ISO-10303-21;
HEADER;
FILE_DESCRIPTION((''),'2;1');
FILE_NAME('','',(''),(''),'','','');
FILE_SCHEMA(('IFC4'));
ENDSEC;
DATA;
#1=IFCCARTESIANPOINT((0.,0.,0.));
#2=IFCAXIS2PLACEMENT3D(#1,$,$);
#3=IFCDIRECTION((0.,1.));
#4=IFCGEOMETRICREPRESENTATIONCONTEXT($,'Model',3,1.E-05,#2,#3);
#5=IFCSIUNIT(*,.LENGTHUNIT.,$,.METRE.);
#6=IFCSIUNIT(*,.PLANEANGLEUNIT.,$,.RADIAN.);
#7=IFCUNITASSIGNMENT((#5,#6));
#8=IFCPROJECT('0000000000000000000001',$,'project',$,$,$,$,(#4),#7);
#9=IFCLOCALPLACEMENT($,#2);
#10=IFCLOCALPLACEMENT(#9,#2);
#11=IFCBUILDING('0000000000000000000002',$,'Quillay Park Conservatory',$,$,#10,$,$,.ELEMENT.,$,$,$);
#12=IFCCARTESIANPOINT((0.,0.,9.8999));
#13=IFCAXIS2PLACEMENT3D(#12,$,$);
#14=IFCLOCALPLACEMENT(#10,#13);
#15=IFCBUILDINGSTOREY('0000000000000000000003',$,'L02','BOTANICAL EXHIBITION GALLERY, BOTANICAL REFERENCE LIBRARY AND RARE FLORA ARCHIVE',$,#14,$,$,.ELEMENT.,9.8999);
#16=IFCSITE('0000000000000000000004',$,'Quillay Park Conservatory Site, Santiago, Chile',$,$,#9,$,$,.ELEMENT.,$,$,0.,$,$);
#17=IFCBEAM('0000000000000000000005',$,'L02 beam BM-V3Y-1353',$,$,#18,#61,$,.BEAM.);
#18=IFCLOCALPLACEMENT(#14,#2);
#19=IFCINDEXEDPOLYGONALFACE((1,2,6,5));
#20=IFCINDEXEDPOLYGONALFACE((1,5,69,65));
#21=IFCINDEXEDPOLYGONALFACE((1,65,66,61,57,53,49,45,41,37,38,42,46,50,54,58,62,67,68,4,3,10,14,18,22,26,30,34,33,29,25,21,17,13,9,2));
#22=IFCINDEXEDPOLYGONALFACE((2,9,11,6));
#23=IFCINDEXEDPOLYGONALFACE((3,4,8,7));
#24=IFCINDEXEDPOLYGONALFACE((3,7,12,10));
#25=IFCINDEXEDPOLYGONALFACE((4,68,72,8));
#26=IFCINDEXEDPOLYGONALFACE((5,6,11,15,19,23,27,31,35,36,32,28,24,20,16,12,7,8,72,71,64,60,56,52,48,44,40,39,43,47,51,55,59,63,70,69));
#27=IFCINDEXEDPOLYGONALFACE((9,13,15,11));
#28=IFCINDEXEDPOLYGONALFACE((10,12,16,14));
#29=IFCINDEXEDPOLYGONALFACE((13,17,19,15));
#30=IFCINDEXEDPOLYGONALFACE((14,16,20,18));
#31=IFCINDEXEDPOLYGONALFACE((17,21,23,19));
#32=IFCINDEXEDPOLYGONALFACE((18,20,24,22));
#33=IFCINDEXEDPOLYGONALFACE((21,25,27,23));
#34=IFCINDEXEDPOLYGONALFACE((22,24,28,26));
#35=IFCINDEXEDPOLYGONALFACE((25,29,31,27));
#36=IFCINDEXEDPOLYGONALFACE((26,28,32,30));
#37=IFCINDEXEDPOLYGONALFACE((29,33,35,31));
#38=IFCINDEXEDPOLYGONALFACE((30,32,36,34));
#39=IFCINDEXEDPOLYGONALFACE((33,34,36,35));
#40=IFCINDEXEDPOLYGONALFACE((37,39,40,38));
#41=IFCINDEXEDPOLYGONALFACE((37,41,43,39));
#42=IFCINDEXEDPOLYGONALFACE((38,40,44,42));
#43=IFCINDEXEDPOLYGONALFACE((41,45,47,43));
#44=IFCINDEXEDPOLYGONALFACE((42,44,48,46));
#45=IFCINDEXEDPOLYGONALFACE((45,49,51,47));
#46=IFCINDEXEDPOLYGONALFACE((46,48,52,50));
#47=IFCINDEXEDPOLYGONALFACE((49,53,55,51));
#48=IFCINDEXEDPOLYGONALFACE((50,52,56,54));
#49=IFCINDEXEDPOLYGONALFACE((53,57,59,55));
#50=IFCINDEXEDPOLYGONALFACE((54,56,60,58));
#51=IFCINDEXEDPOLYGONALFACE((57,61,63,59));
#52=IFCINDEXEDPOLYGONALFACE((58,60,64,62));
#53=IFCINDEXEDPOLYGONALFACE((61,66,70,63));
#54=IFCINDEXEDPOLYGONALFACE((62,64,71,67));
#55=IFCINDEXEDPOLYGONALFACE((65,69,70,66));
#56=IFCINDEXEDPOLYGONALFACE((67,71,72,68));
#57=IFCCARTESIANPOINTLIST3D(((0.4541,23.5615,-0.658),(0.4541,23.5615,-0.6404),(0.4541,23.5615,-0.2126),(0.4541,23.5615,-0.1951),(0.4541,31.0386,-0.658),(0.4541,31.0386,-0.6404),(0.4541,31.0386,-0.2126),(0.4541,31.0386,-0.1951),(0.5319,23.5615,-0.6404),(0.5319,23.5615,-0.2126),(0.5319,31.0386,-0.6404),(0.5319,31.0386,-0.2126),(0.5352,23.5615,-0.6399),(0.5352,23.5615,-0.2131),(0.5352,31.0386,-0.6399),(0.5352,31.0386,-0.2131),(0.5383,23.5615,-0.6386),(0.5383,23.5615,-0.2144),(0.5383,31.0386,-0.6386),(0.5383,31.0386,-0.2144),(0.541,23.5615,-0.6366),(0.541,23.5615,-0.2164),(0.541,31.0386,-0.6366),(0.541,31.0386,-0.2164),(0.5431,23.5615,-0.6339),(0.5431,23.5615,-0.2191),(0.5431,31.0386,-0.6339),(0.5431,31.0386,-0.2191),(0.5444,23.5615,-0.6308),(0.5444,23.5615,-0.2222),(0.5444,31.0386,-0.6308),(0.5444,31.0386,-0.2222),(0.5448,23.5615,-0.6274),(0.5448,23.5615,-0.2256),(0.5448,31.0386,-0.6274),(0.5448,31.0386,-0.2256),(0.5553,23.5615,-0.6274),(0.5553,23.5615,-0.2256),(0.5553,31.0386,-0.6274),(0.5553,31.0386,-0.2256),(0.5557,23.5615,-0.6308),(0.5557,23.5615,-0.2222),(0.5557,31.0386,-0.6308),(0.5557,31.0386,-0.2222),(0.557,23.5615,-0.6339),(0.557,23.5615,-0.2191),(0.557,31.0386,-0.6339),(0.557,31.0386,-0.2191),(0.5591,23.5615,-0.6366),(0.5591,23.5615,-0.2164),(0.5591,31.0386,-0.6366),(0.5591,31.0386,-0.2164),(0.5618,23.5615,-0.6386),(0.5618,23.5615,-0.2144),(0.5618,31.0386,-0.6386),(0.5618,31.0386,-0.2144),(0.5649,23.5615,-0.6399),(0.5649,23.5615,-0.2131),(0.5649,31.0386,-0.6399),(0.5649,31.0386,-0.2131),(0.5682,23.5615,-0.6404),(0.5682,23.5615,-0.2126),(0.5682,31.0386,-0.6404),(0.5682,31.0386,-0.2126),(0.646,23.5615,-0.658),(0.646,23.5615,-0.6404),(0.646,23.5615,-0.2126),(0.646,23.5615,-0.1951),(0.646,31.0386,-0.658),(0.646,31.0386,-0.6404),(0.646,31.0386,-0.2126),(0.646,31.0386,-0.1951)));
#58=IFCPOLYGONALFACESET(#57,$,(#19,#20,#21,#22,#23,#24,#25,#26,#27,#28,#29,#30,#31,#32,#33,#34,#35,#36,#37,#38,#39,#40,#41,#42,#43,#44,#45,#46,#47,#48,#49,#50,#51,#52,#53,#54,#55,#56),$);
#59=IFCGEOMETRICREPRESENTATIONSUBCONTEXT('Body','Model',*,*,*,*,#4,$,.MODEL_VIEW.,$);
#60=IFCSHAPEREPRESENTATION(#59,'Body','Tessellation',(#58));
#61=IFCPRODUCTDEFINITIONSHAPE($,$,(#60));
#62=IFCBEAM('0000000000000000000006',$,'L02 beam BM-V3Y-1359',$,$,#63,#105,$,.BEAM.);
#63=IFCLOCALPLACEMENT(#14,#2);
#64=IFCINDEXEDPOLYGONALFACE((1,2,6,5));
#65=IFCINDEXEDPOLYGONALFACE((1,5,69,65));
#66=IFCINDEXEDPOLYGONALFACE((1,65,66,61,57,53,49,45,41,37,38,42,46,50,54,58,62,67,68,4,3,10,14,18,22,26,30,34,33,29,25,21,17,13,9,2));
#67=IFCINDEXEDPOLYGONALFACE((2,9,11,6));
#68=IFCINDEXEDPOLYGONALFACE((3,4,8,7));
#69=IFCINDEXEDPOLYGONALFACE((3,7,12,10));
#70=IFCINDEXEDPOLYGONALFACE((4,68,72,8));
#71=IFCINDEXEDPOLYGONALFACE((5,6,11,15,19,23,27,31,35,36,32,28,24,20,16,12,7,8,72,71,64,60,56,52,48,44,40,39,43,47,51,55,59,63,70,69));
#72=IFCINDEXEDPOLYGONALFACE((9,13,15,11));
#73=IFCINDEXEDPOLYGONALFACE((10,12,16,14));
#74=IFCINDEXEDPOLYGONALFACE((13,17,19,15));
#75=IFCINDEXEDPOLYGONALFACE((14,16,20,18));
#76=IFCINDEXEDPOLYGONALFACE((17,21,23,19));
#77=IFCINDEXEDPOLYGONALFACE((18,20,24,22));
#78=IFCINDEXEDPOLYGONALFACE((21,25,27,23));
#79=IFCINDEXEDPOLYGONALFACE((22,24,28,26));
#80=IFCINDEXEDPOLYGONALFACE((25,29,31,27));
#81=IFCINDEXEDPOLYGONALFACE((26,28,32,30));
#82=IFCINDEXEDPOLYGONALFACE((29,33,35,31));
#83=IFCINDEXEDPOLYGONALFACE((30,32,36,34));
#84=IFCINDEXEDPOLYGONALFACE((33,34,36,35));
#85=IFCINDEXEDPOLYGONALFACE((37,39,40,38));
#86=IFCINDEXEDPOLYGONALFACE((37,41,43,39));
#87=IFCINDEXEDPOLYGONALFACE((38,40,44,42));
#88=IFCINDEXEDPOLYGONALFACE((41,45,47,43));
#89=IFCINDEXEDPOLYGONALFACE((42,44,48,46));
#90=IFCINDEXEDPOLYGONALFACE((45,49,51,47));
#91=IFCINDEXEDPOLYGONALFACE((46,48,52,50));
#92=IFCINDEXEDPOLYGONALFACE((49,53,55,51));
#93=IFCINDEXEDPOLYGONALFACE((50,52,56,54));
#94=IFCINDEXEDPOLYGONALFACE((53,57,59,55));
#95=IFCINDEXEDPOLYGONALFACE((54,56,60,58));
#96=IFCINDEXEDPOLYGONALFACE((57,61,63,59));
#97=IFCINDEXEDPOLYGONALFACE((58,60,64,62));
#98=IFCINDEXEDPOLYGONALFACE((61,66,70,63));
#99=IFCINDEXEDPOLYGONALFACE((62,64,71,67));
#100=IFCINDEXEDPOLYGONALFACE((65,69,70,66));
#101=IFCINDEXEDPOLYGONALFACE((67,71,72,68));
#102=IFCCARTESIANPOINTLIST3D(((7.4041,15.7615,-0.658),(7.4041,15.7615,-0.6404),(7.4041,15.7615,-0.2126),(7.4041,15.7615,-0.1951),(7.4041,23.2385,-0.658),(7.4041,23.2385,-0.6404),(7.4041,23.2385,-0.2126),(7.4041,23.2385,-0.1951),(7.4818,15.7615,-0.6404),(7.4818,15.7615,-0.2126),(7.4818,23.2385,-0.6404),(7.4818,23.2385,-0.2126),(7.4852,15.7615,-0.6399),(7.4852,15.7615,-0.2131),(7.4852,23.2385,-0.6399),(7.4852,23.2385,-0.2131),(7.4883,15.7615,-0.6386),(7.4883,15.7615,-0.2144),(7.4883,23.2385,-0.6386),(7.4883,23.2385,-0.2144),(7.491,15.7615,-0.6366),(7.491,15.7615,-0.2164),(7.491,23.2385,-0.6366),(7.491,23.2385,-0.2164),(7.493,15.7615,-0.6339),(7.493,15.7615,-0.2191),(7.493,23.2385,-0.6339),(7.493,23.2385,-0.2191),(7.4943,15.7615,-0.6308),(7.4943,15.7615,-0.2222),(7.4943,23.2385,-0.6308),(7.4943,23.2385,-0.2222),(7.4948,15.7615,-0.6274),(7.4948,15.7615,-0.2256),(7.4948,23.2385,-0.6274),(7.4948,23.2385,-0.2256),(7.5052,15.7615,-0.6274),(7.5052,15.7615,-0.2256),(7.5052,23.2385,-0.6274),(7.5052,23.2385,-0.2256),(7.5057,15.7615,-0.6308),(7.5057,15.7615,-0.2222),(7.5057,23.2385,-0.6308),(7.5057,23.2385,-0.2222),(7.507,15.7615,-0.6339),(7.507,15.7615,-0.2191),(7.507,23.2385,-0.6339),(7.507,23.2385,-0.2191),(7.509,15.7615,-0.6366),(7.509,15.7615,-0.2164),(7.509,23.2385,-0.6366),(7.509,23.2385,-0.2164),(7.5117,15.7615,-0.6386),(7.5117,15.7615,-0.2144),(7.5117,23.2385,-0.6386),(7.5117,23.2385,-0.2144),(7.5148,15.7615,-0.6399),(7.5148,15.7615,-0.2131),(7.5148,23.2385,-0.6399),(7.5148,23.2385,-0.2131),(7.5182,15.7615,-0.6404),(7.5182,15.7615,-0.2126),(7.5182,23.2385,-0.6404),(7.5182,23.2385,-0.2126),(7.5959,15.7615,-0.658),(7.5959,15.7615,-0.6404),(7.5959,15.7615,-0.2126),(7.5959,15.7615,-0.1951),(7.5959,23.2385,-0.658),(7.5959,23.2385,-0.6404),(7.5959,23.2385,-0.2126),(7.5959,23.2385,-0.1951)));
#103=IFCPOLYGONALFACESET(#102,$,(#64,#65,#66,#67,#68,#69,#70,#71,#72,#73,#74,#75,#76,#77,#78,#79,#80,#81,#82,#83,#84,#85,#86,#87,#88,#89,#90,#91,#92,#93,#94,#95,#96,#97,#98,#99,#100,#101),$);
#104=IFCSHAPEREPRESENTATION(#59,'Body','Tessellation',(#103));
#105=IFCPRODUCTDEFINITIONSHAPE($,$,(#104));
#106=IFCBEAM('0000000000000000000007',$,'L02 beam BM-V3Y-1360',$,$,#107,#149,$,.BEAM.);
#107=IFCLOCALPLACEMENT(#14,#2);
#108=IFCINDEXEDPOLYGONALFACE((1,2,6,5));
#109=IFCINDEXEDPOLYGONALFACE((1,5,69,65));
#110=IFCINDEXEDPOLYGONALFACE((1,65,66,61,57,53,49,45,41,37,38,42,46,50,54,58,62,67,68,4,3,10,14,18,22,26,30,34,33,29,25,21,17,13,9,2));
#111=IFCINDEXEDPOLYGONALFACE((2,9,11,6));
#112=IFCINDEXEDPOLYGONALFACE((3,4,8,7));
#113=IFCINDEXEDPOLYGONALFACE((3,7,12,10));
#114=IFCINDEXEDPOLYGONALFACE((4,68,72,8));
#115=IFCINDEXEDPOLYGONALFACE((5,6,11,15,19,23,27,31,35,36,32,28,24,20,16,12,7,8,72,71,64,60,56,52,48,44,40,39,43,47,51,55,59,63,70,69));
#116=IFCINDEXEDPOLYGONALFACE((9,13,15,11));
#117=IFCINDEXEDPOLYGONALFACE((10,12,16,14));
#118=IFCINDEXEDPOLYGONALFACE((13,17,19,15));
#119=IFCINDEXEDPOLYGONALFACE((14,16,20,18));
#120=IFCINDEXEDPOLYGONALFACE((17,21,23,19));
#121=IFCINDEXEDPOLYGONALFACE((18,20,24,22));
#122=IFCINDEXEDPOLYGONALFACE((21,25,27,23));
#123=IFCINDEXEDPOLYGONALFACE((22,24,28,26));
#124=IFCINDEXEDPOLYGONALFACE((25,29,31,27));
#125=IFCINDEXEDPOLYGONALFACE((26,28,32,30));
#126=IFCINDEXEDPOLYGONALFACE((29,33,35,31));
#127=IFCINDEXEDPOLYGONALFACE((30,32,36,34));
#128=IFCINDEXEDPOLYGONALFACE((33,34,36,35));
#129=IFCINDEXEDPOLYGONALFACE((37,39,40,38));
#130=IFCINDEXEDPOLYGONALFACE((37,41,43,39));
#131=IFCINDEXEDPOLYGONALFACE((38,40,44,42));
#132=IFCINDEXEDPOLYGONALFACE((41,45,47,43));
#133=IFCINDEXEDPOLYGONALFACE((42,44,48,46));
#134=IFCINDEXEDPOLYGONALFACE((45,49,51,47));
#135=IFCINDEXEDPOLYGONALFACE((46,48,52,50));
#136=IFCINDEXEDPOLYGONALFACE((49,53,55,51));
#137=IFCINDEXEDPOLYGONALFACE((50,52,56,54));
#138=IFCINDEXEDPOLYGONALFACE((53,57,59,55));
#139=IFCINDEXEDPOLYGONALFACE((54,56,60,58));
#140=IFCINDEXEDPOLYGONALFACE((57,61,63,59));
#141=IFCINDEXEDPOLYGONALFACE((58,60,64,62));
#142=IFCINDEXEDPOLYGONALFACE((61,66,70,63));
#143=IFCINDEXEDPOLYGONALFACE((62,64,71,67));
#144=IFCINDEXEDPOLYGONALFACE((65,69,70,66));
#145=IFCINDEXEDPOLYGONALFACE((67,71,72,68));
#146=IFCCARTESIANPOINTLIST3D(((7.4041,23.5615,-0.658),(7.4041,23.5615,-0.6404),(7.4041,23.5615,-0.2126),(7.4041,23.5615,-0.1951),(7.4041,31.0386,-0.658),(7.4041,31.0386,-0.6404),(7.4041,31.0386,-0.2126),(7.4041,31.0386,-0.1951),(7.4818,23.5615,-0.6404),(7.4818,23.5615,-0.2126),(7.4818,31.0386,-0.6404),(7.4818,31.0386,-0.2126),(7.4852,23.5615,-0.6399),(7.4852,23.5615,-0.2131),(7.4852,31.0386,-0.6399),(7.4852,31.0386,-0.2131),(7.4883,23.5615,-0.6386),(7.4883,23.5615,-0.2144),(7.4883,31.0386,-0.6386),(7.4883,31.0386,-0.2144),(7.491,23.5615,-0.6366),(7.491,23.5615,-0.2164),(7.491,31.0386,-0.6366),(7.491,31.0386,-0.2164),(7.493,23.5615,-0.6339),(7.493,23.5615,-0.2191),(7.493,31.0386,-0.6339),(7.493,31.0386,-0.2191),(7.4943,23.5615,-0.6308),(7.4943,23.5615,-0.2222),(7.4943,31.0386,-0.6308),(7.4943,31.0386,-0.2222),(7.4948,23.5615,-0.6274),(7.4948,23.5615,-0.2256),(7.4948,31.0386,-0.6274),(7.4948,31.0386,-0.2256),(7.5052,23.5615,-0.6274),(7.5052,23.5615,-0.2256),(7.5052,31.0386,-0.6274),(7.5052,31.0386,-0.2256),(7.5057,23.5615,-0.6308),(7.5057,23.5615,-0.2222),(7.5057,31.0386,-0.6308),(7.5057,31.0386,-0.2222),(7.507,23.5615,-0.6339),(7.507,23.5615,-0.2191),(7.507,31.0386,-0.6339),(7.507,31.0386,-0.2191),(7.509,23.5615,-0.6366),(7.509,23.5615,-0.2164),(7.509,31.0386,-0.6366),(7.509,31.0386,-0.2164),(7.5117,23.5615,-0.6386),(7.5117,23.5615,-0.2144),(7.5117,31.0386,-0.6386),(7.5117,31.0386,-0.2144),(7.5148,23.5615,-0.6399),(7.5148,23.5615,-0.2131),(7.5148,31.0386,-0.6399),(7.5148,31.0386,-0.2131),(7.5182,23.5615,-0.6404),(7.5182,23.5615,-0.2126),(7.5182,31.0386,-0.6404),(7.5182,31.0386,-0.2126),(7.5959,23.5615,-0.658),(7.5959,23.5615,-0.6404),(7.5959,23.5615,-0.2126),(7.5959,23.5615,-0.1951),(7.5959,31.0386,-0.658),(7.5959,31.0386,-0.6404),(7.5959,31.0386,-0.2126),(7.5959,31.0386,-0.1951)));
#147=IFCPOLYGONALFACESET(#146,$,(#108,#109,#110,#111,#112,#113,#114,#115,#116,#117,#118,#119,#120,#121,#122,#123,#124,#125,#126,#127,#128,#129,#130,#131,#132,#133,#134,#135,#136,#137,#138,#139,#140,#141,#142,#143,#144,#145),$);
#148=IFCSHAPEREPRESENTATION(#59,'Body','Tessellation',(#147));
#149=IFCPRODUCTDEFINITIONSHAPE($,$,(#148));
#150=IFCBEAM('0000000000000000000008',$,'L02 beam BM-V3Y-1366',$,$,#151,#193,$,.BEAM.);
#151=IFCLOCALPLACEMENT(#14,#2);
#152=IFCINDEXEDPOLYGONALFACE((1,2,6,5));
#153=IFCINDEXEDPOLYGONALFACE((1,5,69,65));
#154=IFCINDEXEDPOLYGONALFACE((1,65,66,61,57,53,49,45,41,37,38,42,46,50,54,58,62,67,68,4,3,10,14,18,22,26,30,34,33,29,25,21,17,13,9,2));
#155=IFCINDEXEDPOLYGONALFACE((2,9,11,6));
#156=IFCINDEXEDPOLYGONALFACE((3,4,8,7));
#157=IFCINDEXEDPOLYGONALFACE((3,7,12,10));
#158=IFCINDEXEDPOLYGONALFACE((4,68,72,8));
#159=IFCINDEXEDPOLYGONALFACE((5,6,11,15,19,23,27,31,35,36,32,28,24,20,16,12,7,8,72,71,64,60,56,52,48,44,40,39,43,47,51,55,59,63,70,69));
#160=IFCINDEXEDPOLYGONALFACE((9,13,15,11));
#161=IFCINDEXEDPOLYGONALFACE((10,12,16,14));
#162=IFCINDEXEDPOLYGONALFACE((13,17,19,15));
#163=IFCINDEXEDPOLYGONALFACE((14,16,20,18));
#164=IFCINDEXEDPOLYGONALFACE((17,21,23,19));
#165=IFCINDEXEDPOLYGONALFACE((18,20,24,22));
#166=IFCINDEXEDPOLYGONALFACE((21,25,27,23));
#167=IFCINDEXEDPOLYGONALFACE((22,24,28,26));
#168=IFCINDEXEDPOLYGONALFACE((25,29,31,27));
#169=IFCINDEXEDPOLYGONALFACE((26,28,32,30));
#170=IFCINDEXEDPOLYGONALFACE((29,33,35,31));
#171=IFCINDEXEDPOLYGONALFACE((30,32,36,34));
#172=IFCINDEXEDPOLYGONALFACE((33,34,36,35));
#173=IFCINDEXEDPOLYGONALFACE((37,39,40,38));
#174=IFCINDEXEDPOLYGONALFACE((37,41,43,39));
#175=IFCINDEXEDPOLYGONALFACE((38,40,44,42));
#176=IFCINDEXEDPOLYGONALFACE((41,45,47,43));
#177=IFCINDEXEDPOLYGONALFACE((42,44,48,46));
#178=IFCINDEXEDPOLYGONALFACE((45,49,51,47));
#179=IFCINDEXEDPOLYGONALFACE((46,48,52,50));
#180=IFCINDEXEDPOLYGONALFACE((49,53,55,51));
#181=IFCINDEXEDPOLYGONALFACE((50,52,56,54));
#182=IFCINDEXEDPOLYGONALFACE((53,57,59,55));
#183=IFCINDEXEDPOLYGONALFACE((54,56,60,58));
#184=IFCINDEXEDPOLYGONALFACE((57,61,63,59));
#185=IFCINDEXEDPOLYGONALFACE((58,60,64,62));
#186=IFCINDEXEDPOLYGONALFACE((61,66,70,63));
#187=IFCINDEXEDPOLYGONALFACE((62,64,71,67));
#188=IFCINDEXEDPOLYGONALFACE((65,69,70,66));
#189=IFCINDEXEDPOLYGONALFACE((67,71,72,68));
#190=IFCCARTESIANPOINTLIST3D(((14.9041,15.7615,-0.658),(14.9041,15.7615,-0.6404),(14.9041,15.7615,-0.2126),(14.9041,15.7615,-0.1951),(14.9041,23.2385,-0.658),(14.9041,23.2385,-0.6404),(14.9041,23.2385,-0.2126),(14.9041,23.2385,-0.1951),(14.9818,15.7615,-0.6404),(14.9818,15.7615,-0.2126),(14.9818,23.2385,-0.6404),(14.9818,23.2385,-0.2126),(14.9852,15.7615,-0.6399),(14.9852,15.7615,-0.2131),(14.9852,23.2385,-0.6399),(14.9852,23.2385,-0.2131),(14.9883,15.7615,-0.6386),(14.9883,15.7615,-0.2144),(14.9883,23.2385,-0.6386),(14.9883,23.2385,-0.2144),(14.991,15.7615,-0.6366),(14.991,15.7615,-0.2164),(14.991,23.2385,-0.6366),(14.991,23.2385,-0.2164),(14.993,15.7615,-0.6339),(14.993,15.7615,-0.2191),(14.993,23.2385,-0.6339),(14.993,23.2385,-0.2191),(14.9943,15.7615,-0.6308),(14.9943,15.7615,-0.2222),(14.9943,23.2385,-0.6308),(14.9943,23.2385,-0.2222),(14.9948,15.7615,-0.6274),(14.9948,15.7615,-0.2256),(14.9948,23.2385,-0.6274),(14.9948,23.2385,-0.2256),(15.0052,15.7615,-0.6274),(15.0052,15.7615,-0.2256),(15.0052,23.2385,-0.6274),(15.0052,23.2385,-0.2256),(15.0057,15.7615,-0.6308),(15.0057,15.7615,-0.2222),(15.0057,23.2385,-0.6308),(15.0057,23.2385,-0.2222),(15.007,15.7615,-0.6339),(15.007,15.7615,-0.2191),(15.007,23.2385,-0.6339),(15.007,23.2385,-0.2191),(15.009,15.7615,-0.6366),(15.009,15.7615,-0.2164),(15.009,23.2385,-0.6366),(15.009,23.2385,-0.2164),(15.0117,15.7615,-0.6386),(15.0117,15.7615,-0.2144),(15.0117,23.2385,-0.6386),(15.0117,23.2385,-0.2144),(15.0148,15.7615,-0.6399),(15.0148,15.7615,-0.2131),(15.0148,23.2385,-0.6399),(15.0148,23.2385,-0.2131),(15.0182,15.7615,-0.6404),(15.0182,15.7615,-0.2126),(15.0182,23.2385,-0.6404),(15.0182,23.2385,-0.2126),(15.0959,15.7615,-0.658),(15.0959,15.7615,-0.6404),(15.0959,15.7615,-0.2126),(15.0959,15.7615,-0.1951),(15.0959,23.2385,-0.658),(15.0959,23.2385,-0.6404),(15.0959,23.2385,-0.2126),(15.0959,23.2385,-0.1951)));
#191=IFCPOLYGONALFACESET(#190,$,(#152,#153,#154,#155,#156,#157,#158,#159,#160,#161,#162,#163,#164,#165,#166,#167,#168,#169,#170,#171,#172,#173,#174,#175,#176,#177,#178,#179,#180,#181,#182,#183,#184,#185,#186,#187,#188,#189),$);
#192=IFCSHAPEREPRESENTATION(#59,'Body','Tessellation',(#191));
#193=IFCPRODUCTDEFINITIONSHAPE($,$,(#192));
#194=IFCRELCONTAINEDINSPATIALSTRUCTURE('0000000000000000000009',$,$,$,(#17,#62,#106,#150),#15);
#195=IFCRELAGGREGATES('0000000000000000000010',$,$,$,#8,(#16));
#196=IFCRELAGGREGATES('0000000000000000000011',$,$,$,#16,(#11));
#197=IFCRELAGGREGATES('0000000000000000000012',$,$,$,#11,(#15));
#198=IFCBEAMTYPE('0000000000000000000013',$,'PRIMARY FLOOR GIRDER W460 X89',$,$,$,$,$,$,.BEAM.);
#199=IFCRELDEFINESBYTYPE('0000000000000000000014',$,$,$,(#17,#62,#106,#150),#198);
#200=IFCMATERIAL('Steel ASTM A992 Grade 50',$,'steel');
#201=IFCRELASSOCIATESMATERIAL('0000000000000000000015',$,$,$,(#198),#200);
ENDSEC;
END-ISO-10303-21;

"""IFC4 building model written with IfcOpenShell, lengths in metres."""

from ifc_helpers import new_model, si_unit, direction, frame, origin, origin_2d, place, context, subcontext, project, spatial, i_section, extrude, material, material_profile, profile_set, type_object, element, save


model = new_model("IFC4")

# Units and contexts
model_context = context("Model", 3, precision=1e-05, world=origin(), true_north=direction((0.0, 1.0)))
body_context = subcontext(model_context, "Body", "Model", "MODEL_VIEW")
ifc_project = project(units=[si_unit("LENGTHUNIT", "METRE"), si_unit("PLANEANGLEUNIT", "RADIAN")], contexts=[model_context])

# Site, building, storey
site_placement = place(None, origin())
site = spatial("IfcSite", under=ifc_project, at=site_placement, Name="Quillay Park Conservatory Site, Santiago, Chile", CompositionType="ELEMENT", RefElevation=0.0)
building_placement = place(site_placement, origin())
building = spatial("IfcBuilding", under=site, at=building_placement, Name="Quillay Park Conservatory", CompositionType="ELEMENT")
storey_placement = place(building_placement, frame((0.0, 0.0, 9.8999)))
storey = spatial("IfcBuildingStorey", under=building, at=storey_placement, Name="L02", Description="BOTANICAL EXHIBITION GALLERY, BOTANICAL REFERENCE LIBRARY AND RARE FLORA ARCHIVE", CompositionType="ELEMENT", Elevation=9.8999)

# Beams
ifc_material_1 = material(Name="Steel ASTM A992 Grade 50", Category="steel")
ifc_material_profile_1 = material_profile(ifc_material_1, i_section(OverallWidth=0.1919, OverallDepth=0.4629, WebThickness=0.0105, FlangeThickness=0.0176, FilletRadius=0.0129, at=origin_2d()), Name="W460x89")
ifc_profile_set_1 = profile_set([ifc_material_profile_1], Name="Steel ASTM A992 Grade 50")
beam_type_1 = type_object("IfcBeamType", Name="PRIMARY FLOOR GIRDER W460 X89", PredefinedType="BEAM", material=ifc_profile_set_1)
for number, where, z_axis, x_axis, name in (
    (1, (0.55, 23.5615, -0.4265), (0.0, 1.0, 0.0), (-1.0, 0.0, 0.0), "L02 beam BM-V3Y-1353"),
    (2, (7.5, 15.7615, -0.4265), (0.0, 1.0, 0.0), (-1.0, 0.0, 0.0), "L02 beam BM-V3Y-1359"),
    (3, (7.5, 23.5615, -0.4265), (0.0, 1.0, 0.0), (-1.0, 0.0, 0.0), "L02 beam BM-V3Y-1360"),
    (4, (15.0, 15.7615, -0.4265), (0.0, 1.0, 0.0), (-1.0, 0.0, 0.0), "L02 beam BM-V3Y-1366"),
):
    element("IfcBeam", number, at=place(storey_placement, frame(where, z_axis=z_axis, x_axis=x_axis)), inside=storey, type_object=beam_type_1, Name=name, PredefinedType="BEAM", context=body_context, shape_type="SweptSolid", body=[
        extrude(i_section(OverallWidth=0.1919, OverallDepth=0.4629, WebThickness=0.0105, FlangeThickness=0.0176, FilletRadius=0.0129, at=origin_2d()), origin(), (0.0, 0.0, 1.0), 7.4771),
    ])

save(model, "model.ifc")
